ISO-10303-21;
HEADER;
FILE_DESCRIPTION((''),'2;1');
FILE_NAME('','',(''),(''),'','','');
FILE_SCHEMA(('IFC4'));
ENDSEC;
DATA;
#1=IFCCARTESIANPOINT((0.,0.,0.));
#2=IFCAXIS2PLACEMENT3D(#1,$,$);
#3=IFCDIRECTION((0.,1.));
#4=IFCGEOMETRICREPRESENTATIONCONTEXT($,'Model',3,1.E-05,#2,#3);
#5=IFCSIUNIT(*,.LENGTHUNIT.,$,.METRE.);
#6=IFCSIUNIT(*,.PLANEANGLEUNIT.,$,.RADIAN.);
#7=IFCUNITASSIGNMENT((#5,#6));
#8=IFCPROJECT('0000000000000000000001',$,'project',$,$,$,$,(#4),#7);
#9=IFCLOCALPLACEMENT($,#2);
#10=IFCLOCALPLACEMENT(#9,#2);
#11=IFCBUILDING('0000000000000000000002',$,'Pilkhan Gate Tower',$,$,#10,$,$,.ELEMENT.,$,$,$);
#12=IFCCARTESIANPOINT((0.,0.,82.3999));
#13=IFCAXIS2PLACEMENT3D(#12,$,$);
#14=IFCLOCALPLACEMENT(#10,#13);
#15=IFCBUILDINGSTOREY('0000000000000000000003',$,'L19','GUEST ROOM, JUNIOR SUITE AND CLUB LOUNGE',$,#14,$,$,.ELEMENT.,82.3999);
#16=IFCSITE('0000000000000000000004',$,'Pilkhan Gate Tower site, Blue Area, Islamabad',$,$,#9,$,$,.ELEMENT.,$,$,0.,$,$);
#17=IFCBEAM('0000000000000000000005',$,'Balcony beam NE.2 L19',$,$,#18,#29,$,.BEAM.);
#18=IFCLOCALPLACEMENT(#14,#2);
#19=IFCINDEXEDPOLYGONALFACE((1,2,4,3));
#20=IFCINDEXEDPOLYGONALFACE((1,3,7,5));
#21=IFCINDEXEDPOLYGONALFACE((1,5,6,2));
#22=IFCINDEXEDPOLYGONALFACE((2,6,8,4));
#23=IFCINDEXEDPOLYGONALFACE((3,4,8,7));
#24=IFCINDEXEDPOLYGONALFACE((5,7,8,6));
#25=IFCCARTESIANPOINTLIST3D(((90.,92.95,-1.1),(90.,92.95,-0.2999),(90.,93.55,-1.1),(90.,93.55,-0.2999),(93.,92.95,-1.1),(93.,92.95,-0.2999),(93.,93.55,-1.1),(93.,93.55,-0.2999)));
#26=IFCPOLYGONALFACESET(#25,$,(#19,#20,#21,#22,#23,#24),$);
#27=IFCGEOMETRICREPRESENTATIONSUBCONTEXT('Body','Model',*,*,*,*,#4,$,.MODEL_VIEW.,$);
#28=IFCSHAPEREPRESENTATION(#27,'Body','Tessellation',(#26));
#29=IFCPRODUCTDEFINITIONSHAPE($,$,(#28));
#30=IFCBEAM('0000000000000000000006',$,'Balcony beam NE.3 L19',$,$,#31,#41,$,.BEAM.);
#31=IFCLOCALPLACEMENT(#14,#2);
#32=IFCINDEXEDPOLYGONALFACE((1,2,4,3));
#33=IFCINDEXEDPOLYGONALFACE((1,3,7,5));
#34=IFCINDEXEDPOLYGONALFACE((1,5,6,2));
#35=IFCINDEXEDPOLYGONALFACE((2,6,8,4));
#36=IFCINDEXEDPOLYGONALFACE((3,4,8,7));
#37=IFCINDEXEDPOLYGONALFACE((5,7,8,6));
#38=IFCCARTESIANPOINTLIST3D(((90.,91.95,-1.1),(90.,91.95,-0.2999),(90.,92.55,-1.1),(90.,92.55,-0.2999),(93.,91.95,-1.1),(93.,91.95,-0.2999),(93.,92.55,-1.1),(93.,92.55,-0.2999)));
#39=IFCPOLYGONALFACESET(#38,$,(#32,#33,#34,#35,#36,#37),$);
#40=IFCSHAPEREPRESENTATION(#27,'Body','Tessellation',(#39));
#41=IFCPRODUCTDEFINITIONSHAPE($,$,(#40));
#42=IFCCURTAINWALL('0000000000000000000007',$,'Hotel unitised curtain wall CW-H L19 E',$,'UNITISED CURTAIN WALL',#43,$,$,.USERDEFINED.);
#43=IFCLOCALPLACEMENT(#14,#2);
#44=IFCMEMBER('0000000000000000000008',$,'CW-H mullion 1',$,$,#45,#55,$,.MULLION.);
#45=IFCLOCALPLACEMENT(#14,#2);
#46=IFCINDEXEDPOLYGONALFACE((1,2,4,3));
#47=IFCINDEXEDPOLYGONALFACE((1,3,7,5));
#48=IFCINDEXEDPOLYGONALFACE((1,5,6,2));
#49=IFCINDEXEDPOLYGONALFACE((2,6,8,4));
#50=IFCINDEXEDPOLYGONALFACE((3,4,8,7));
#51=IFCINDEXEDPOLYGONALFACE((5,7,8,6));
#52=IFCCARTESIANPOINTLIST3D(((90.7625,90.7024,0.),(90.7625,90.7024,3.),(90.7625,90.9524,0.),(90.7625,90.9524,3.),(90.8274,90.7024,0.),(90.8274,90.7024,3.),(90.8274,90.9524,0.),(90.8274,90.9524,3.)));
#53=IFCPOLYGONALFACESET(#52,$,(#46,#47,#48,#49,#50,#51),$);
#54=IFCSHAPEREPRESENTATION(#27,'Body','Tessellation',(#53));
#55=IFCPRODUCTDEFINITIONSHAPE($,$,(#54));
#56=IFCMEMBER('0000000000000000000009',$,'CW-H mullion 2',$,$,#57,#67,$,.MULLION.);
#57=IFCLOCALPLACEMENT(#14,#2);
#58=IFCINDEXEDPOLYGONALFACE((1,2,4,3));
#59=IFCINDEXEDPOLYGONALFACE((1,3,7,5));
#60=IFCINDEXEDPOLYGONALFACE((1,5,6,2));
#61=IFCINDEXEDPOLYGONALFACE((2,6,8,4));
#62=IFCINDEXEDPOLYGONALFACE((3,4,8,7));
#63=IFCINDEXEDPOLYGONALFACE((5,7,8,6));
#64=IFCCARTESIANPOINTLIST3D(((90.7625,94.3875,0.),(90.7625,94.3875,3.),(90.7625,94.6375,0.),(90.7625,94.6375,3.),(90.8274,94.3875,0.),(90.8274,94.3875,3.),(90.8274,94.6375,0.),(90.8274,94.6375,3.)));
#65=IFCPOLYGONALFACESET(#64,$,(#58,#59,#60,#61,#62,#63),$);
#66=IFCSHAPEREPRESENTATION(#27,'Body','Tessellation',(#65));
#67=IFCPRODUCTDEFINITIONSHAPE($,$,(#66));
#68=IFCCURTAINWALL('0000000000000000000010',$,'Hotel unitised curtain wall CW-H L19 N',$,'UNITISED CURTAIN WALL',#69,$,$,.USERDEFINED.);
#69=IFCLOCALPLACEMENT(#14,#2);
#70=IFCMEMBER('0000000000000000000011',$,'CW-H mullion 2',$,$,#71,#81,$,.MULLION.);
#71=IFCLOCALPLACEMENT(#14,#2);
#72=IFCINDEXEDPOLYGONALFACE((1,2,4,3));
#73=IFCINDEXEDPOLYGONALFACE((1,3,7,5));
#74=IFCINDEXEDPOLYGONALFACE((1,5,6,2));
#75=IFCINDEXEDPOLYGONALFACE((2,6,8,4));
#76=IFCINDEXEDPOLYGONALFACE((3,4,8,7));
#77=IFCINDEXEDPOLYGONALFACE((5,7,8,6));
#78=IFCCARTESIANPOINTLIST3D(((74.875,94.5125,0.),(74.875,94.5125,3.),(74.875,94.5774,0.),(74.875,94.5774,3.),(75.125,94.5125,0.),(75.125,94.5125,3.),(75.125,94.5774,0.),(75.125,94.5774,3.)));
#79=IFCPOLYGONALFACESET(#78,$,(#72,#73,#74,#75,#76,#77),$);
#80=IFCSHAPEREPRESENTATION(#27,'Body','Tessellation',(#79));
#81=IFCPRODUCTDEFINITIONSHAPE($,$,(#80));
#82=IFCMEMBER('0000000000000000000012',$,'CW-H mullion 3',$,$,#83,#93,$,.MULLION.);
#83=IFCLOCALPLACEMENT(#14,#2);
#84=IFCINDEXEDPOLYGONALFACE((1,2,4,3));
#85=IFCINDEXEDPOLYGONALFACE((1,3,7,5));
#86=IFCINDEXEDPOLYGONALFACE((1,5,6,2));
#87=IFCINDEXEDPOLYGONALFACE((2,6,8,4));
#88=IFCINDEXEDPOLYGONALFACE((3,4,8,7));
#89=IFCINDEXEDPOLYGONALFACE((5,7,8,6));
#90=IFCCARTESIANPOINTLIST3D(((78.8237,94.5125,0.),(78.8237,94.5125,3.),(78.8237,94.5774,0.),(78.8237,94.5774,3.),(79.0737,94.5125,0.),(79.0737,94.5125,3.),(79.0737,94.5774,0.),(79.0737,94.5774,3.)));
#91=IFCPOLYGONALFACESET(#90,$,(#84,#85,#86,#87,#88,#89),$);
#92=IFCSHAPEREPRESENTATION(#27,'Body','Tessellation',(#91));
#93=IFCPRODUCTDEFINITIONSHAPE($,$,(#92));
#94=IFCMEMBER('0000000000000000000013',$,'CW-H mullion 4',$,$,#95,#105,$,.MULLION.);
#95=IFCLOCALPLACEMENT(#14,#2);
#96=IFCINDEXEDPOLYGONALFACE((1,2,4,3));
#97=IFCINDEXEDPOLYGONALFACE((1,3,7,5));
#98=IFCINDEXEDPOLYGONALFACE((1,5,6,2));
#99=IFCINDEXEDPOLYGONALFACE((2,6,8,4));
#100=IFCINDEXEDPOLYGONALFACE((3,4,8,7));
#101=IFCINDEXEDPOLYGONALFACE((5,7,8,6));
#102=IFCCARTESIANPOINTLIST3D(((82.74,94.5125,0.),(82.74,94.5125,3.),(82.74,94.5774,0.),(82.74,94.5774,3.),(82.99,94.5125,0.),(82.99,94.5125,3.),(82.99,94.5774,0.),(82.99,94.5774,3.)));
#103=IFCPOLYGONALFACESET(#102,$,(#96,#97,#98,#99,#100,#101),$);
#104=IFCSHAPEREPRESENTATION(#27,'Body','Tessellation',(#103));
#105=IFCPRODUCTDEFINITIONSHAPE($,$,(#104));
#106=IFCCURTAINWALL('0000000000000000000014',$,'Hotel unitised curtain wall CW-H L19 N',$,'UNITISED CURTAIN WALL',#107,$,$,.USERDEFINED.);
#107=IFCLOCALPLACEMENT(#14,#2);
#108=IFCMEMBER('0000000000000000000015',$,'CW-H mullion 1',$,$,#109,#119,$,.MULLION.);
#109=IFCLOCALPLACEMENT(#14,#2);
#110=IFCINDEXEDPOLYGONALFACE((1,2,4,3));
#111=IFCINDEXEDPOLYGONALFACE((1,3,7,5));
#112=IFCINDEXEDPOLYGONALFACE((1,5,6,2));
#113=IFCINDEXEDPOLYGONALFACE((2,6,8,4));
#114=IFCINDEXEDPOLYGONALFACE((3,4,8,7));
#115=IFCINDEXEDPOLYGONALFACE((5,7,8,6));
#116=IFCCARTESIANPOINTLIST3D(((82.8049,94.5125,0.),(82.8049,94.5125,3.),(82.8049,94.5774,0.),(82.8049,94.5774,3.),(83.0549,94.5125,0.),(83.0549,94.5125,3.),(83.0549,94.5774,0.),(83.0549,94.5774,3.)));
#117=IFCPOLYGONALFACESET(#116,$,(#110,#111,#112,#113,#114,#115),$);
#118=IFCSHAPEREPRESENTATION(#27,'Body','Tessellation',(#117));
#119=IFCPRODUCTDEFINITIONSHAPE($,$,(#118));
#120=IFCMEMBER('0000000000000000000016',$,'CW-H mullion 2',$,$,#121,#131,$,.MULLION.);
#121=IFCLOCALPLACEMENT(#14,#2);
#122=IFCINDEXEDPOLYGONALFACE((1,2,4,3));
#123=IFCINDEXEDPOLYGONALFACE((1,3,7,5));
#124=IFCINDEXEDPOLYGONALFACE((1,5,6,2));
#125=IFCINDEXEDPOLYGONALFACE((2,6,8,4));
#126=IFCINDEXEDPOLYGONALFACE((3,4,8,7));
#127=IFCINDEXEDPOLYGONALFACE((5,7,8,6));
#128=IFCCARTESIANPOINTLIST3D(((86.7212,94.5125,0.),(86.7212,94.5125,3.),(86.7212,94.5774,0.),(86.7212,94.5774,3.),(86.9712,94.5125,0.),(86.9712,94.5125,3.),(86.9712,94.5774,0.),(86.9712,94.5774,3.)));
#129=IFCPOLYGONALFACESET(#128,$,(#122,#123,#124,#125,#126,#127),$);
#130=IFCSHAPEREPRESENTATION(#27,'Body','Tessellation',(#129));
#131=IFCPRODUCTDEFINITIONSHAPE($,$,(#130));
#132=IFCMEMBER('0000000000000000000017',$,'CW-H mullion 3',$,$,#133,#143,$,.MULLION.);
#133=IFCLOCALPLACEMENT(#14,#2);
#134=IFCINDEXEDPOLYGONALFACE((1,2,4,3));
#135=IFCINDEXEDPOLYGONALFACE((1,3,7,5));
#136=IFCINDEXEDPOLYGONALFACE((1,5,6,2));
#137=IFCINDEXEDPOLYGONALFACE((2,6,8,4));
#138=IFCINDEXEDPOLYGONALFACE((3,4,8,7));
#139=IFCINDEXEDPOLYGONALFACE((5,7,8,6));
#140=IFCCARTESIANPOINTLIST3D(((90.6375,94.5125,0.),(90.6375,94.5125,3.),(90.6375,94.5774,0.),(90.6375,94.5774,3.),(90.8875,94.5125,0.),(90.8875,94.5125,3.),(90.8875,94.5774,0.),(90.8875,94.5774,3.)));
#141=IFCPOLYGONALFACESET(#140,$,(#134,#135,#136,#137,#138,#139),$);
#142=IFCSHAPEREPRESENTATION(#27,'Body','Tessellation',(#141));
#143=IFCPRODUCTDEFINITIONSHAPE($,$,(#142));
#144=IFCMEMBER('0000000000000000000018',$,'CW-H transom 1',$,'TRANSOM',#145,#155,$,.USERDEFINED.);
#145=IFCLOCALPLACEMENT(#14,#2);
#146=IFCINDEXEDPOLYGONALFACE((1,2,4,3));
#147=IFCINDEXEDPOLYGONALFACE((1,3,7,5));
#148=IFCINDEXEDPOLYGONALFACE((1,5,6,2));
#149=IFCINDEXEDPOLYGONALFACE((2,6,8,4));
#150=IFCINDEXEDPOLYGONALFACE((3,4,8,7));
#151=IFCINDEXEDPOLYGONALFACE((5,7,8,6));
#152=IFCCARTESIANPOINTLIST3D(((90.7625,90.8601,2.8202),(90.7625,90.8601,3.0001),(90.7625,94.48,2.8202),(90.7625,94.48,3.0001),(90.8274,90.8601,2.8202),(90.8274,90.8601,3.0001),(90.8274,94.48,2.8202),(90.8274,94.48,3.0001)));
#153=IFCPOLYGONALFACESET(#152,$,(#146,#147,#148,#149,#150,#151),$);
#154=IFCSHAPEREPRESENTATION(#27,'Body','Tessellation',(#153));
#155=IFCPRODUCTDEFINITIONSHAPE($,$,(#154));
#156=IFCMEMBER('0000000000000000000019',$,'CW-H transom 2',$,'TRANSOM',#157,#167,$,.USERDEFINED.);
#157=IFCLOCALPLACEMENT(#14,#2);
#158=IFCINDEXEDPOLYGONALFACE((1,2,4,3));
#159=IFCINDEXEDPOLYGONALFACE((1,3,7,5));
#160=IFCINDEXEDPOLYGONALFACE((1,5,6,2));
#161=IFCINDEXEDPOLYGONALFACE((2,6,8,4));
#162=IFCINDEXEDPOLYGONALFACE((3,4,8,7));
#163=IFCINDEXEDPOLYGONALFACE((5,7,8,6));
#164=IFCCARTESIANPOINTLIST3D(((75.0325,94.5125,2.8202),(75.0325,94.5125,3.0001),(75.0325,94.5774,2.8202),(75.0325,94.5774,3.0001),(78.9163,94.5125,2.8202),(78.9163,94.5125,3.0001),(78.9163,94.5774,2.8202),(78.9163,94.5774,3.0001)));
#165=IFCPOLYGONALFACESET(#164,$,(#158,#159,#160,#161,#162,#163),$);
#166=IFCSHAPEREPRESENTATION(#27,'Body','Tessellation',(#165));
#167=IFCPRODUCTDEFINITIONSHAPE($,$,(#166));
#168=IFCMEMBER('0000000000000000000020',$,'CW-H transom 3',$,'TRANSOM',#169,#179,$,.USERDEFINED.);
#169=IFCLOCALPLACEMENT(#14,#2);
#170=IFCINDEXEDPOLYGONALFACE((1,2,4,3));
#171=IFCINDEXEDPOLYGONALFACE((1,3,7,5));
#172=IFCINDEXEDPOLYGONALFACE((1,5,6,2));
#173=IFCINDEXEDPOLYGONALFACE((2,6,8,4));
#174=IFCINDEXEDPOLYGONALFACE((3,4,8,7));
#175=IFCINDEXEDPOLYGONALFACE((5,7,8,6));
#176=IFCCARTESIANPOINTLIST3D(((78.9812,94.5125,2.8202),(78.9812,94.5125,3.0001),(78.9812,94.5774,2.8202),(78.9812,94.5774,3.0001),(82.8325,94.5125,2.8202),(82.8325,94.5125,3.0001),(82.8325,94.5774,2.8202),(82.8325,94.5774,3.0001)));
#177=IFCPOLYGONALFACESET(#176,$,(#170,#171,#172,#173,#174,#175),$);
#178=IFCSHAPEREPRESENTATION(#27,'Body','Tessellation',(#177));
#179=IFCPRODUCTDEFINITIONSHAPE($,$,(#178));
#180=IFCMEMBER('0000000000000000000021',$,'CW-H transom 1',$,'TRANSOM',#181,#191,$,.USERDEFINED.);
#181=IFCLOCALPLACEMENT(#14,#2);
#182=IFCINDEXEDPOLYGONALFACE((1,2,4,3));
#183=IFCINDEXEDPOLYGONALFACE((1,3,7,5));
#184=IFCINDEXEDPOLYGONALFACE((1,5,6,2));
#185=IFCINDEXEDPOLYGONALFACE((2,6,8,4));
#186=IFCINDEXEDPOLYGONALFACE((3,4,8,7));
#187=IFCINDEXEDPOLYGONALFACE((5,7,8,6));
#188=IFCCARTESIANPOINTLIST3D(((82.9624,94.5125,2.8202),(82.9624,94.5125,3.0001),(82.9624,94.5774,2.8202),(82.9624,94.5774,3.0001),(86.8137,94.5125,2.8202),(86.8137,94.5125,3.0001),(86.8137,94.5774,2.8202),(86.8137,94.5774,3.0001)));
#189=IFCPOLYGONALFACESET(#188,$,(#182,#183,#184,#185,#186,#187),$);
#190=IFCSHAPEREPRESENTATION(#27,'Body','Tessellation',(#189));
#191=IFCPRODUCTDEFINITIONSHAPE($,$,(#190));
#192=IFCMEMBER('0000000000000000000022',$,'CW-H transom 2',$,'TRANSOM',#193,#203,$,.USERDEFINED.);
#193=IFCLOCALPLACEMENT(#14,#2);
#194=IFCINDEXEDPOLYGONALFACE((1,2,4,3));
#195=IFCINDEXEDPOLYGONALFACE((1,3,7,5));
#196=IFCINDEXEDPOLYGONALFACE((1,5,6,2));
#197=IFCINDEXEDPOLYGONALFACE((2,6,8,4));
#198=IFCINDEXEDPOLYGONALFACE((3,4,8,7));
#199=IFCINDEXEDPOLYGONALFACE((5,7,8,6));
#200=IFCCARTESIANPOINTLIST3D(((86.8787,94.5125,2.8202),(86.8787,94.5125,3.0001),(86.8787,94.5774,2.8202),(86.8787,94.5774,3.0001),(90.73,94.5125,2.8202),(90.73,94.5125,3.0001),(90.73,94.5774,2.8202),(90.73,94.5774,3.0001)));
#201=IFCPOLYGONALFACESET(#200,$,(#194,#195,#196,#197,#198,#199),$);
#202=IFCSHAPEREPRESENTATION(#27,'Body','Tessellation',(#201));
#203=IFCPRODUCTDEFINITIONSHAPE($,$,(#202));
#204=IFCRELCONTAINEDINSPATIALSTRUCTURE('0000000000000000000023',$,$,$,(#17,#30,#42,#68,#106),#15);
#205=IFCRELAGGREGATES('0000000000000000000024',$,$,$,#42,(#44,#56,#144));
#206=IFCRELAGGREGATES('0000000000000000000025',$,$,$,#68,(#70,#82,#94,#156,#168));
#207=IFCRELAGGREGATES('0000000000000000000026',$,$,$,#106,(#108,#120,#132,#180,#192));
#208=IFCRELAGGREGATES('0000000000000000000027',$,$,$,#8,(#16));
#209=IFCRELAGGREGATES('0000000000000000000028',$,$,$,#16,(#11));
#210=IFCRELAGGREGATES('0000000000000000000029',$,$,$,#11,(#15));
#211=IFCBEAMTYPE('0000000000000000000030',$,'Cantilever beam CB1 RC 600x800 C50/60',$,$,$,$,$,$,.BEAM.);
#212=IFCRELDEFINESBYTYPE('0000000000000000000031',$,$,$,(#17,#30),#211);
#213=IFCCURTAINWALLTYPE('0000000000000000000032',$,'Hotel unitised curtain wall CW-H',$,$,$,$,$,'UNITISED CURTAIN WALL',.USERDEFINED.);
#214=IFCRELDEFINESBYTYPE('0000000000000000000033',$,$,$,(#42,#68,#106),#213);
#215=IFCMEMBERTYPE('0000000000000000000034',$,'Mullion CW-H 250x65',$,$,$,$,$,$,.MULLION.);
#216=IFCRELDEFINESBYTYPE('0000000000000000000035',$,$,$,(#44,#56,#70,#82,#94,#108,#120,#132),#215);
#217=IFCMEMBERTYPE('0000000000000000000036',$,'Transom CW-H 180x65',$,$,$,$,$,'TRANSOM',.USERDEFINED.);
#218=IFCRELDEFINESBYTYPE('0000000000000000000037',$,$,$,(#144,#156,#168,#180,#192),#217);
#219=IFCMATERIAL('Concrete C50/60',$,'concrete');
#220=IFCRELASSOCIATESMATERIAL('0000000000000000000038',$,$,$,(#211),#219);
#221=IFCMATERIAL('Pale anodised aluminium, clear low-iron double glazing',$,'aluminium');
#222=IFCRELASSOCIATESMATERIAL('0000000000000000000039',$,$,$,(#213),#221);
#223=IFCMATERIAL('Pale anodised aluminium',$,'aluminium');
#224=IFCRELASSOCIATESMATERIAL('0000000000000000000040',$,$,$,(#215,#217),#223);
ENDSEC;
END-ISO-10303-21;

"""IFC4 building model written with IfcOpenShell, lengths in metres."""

from ifc_helpers import new_model, si_unit, direction, frame, origin, origin_2d, place, context, subcontext, project, spatial, rectangle, extrude, material, material_profile, profile_set, type_object, element, aggregate, save


model = new_model("IFC4")

# Units and contexts
model_context = context("Model", 3, precision=1e-05, world=origin(), true_north=direction((0.0, 1.0)))
body_context = subcontext(model_context, "Body", "Model", "MODEL_VIEW")
ifc_project = project(units=[si_unit("LENGTHUNIT", "METRE"), si_unit("PLANEANGLEUNIT", "RADIAN")], contexts=[model_context])

# Site, building, storey
site_placement = place(None, origin())
site = spatial("IfcSite", under=ifc_project, at=site_placement, Name="Pilkhan Gate Tower site, Blue Area, Islamabad", CompositionType="ELEMENT", RefElevation=0.0)
building_placement = place(site_placement, origin())
building = spatial("IfcBuilding", under=site, at=building_placement, Name="Pilkhan Gate Tower", CompositionType="ELEMENT")
storey_placement = place(building_placement, frame((0.0, 0.0, 82.3999)))
storey = spatial("IfcBuildingStorey", under=building, at=storey_placement, Name="L19", Description="GUEST ROOM, JUNIOR SUITE AND CLUB LOUNGE", CompositionType="ELEMENT", Elevation=82.3999)

# Beams
ifc_material_1 = material(Name="Concrete C50/60", Category="concrete")
ifc_material_profile_1 = material_profile(ifc_material_1, rectangle(XDim=0.6001, YDim=0.8, at=origin_2d()), Name="RC 600x800")
ifc_profile_set_1 = profile_set([ifc_material_profile_1], Name="Concrete C50/60")
beam_type = type_object("IfcBeamType", Name="Cantilever beam CB1 RC 600x800 C50/60", PredefinedType="BEAM", material=ifc_profile_set_1)
for number, where, z_axis, x_axis, name in (
    (1, (90.0, 93.25, -0.7), (1.0, 0.0, 0.0), (0.0, 1.0, 0.0), "Balcony beam NE.2 L19"),
    (2, (90.0, 92.25, -0.7), (1.0, 0.0, 0.0), (0.0, 1.0, 0.0), "Balcony beam NE.3 L19"),
):
    element("IfcBeam", number, at=place(storey_placement, frame(where, z_axis=z_axis, x_axis=x_axis)), inside=storey, type_object=beam_type, Name=name, PredefinedType="BEAM", context=body_context, shape_type="SweptSolid", body=[
        extrude(rectangle(XDim=0.6001, YDim=0.8, at=origin_2d()), origin(), (0.0, 0.0, 1.0), 3.0),
    ])

# Curtain walls, members
ifc_material_2 = material(Name="Pale anodised aluminium, clear low-iron double glazing", Category="aluminium")
curtain_wall_type = type_object("IfcCurtainWallType", Name="Hotel unitised curtain wall CW-H", ElementType="UNITISED CURTAIN WALL", PredefinedType="USERDEFINED", material=ifc_material_2)
curtain_wall_1_placement = place(storey_placement, origin())
curtain_wall_1 = element("IfcCurtainWall", 3, at=curtain_wall_1_placement, inside=storey, type_object=curtain_wall_type, Name="Hotel unitised curtain wall CW-H L19 E", ObjectType="UNITISED CURTAIN WALL", PredefinedType="USERDEFINED")
ifc_material_3 = material(Name="Pale anodised aluminium", Category="aluminium")
ifc_material_profile_2 = material_profile(ifc_material_3, rectangle(XDim=0.0649, YDim=0.25, at=origin_2d()), Name="Mullion 250x65")
ifc_profile_set_2 = profile_set([ifc_material_profile_2], Name="Pale anodised aluminium")
member_type_1 = type_object("IfcMemberType", Name="Mullion CW-H 250x65", PredefinedType="MULLION", material=ifc_profile_set_2)
member_1_placement = place(storey_placement, frame((90.7949, 90.8274, 0.0), z_axis=(0.0, 0.0, 1.0), x_axis=(-1.0, 0.0, 0.0)))
member_1 = element("IfcMember", 4, at=member_1_placement, type_object=member_type_1, Name="CW-H mullion 1", PredefinedType="MULLION", context=body_context, shape_type="SweptSolid", body=[
    extrude(rectangle(XDim=0.0649, YDim=0.25, at=origin_2d()), origin(), (0.0, 0.0, 1.0), 3.0),
])
member_2_placement = place(storey_placement, frame((90.7949, 94.5125, 0.0), z_axis=(0.0, 0.0, 1.0), x_axis=(-1.0, 0.0, 0.0)))
member_2 = element("IfcMember", 5, at=member_2_placement, type_object=member_type_1, Name="CW-H mullion 2", PredefinedType="MULLION", context=body_context, shape_type="SweptSolid", body=[
    extrude(rectangle(XDim=0.0649, YDim=0.25, at=origin_2d()), origin(), (0.0, 0.0, 1.0), 3.0),
])
curtain_wall_2_placement = place(storey_placement, origin())
curtain_wall_2 = element("IfcCurtainWall", 6, at=curtain_wall_2_placement, inside=storey, type_object=curtain_wall_type, Name="Hotel unitised curtain wall CW-H L19 N", ObjectType="UNITISED CURTAIN WALL", PredefinedType="USERDEFINED")
member_3_placement = place(storey_placement, frame((75.0, 94.5449, 0.0), z_axis=(0.0, 0.0, 1.0), x_axis=(0.0, 1.0, 0.0)))
member_3 = element("IfcMember", 7, at=member_3_placement, type_object=member_type_1, Name="CW-H mullion 2", PredefinedType="MULLION", context=body_context, shape_type="SweptSolid", body=[
    extrude(rectangle(XDim=0.0649, YDim=0.25, at=origin_2d()), origin(), (0.0, 0.0, 1.0), 3.0),
])
member_4_placement = place(storey_placement, frame((78.9487, 94.5449, 0.0), z_axis=(0.0, 0.0, 1.0), x_axis=(0.0, 1.0, 0.0)))
member_4 = element("IfcMember", 8, at=member_4_placement, type_object=member_type_1, Name="CW-H mullion 3", PredefinedType="MULLION", context=body_context, shape_type="SweptSolid", body=[
    extrude(rectangle(XDim=0.0649, YDim=0.25, at=origin_2d()), origin(), (0.0, 0.0, 1.0), 3.0),
])
member_5_placement = place(storey_placement, frame((82.865, 94.5449, 0.0), z_axis=(0.0, 0.0, 1.0), x_axis=(0.0, 1.0, 0.0)))
member_5 = element("IfcMember", 9, at=member_5_placement, type_object=member_type_1, Name="CW-H mullion 4", PredefinedType="MULLION", context=body_context, shape_type="SweptSolid", body=[
    extrude(rectangle(XDim=0.0649, YDim=0.25, at=origin_2d()), origin(), (0.0, 0.0, 1.0), 3.0),
])
curtain_wall_3_placement = place(storey_placement, origin())
curtain_wall_3 = element("IfcCurtainWall", 10, at=curtain_wall_3_placement, inside=storey, type_object=curtain_wall_type, Name="Hotel unitised curtain wall CW-H L19 N", ObjectType="UNITISED CURTAIN WALL", PredefinedType="USERDEFINED")
member_6_placement = place(storey_placement, frame((82.9299, 94.5449, 0.0), z_axis=(0.0, 0.0, 1.0), x_axis=(0.0, 1.0, 0.0)))
member_6 = element("IfcMember", 11, at=member_6_placement, type_object=member_type_1, Name="CW-H mullion 1", PredefinedType="MULLION", context=body_context, shape_type="SweptSolid", body=[
    extrude(rectangle(XDim=0.0649, YDim=0.25, at=origin_2d()), origin(), (0.0, 0.0, 1.0), 3.0),
])
member_7_placement = place(storey_placement, frame((86.8462, 94.5449, 0.0), z_axis=(0.0, 0.0, 1.0), x_axis=(0.0, 1.0, 0.0)))
member_7 = element("IfcMember", 12, at=member_7_placement, type_object=member_type_1, Name="CW-H mullion 2", PredefinedType="MULLION", context=body_context, shape_type="SweptSolid", body=[
    extrude(rectangle(XDim=0.0649, YDim=0.25, at=origin_2d()), origin(), (0.0, 0.0, 1.0), 3.0),
])
member_8_placement = place(storey_placement, frame((90.7625, 94.5449, 0.0), z_axis=(0.0, 0.0, 1.0), x_axis=(0.0, 1.0, 0.0)))
member_8 = element("IfcMember", 13, at=member_8_placement, type_object=member_type_1, Name="CW-H mullion 3", PredefinedType="MULLION", context=body_context, shape_type="SweptSolid", body=[
    extrude(rectangle(XDim=0.0649, YDim=0.25, at=origin_2d()), origin(), (0.0, 0.0, 1.0), 3.0),
])

# Members
ifc_material_profile_3 = material_profile(ifc_material_3, rectangle(XDim=0.0649, YDim=0.1799, at=origin_2d()), Name="Transom 180x65")
ifc_profile_set_3 = profile_set([ifc_material_profile_3], Name="Pale anodised aluminium")
member_type_2 = type_object("IfcMemberType", Name="Transom CW-H 180x65", ElementType="TRANSOM", PredefinedType="USERDEFINED", material=ifc_profile_set_3)
member_9_placement = place(storey_placement, frame((90.7949, 90.8601, 2.9102), z_axis=(0.0, 1.0, 0.0), x_axis=(-1.0, 0.0, 0.0)))
member_9 = element("IfcMember", 14, at=member_9_placement, type_object=member_type_2, Name="CW-H transom 1", ObjectType="TRANSOM", PredefinedType="USERDEFINED", context=body_context, shape_type="SweptSolid", body=[
    extrude(rectangle(XDim=0.0649, YDim=0.1799, at=origin_2d()), origin(), (0.0, 0.0, 1.0), 3.6199),
])
member_10_placement = place(storey_placement, frame((75.0325, 94.5449, 2.9102), z_axis=(1.0, 0.0, 0.0), x_axis=(0.0, 1.0, 0.0)))
member_10 = element("IfcMember", 15, at=member_10_placement, type_object=member_type_2, Name="CW-H transom 2", ObjectType="TRANSOM", PredefinedType="USERDEFINED", context=body_context, shape_type="SweptSolid", body=[
    extrude(rectangle(XDim=0.0649, YDim=0.1799, at=origin_2d()), origin(), (0.0, 0.0, 1.0), 3.8838),
])
member_11_placement = place(storey_placement, frame((78.9812, 94.5449, 2.9102), z_axis=(1.0, 0.0, 0.0), x_axis=(0.0, 1.0, 0.0)))
member_11 = element("IfcMember", 16, at=member_11_placement, type_object=member_type_2, Name="CW-H transom 3", ObjectType="TRANSOM", PredefinedType="USERDEFINED", context=body_context, shape_type="SweptSolid", body=[
    extrude(rectangle(XDim=0.0649, YDim=0.1799, at=origin_2d()), origin(), (0.0, 0.0, 1.0), 3.8513),
])
member_12_placement = place(storey_placement, frame((82.9624, 94.5449, 2.9102), z_axis=(1.0, 0.0, 0.0), x_axis=(0.0, 1.0, 0.0)))
member_12 = element("IfcMember", 17, at=member_12_placement, type_object=member_type_2, Name="CW-H transom 1", ObjectType="TRANSOM", PredefinedType="USERDEFINED", context=body_context, shape_type="SweptSolid", body=[
    extrude(rectangle(XDim=0.0649, YDim=0.1799, at=origin_2d()), origin(), (0.0, 0.0, 1.0), 3.8513),
])
member_13_placement = place(storey_placement, frame((86.8787, 94.5449, 2.9102), z_axis=(1.0, 0.0, 0.0), x_axis=(0.0, 1.0, 0.0)))
member_13 = element("IfcMember", 18, at=member_13_placement, type_object=member_type_2, Name="CW-H transom 2", ObjectType="TRANSOM", PredefinedType="USERDEFINED", context=body_context, shape_type="SweptSolid", body=[
    extrude(rectangle(XDim=0.0649, YDim=0.1799, at=origin_2d()), origin(), (0.0, 0.0, 1.0), 3.8513),
])

aggregate(curtain_wall_1, [member_1, member_2, member_9])
aggregate(curtain_wall_2, [member_3, member_4, member_5, member_10, member_11])
aggregate(curtain_wall_3, [member_6, member_7, member_8, member_12, member_13])

save(model, "model.ifc")
